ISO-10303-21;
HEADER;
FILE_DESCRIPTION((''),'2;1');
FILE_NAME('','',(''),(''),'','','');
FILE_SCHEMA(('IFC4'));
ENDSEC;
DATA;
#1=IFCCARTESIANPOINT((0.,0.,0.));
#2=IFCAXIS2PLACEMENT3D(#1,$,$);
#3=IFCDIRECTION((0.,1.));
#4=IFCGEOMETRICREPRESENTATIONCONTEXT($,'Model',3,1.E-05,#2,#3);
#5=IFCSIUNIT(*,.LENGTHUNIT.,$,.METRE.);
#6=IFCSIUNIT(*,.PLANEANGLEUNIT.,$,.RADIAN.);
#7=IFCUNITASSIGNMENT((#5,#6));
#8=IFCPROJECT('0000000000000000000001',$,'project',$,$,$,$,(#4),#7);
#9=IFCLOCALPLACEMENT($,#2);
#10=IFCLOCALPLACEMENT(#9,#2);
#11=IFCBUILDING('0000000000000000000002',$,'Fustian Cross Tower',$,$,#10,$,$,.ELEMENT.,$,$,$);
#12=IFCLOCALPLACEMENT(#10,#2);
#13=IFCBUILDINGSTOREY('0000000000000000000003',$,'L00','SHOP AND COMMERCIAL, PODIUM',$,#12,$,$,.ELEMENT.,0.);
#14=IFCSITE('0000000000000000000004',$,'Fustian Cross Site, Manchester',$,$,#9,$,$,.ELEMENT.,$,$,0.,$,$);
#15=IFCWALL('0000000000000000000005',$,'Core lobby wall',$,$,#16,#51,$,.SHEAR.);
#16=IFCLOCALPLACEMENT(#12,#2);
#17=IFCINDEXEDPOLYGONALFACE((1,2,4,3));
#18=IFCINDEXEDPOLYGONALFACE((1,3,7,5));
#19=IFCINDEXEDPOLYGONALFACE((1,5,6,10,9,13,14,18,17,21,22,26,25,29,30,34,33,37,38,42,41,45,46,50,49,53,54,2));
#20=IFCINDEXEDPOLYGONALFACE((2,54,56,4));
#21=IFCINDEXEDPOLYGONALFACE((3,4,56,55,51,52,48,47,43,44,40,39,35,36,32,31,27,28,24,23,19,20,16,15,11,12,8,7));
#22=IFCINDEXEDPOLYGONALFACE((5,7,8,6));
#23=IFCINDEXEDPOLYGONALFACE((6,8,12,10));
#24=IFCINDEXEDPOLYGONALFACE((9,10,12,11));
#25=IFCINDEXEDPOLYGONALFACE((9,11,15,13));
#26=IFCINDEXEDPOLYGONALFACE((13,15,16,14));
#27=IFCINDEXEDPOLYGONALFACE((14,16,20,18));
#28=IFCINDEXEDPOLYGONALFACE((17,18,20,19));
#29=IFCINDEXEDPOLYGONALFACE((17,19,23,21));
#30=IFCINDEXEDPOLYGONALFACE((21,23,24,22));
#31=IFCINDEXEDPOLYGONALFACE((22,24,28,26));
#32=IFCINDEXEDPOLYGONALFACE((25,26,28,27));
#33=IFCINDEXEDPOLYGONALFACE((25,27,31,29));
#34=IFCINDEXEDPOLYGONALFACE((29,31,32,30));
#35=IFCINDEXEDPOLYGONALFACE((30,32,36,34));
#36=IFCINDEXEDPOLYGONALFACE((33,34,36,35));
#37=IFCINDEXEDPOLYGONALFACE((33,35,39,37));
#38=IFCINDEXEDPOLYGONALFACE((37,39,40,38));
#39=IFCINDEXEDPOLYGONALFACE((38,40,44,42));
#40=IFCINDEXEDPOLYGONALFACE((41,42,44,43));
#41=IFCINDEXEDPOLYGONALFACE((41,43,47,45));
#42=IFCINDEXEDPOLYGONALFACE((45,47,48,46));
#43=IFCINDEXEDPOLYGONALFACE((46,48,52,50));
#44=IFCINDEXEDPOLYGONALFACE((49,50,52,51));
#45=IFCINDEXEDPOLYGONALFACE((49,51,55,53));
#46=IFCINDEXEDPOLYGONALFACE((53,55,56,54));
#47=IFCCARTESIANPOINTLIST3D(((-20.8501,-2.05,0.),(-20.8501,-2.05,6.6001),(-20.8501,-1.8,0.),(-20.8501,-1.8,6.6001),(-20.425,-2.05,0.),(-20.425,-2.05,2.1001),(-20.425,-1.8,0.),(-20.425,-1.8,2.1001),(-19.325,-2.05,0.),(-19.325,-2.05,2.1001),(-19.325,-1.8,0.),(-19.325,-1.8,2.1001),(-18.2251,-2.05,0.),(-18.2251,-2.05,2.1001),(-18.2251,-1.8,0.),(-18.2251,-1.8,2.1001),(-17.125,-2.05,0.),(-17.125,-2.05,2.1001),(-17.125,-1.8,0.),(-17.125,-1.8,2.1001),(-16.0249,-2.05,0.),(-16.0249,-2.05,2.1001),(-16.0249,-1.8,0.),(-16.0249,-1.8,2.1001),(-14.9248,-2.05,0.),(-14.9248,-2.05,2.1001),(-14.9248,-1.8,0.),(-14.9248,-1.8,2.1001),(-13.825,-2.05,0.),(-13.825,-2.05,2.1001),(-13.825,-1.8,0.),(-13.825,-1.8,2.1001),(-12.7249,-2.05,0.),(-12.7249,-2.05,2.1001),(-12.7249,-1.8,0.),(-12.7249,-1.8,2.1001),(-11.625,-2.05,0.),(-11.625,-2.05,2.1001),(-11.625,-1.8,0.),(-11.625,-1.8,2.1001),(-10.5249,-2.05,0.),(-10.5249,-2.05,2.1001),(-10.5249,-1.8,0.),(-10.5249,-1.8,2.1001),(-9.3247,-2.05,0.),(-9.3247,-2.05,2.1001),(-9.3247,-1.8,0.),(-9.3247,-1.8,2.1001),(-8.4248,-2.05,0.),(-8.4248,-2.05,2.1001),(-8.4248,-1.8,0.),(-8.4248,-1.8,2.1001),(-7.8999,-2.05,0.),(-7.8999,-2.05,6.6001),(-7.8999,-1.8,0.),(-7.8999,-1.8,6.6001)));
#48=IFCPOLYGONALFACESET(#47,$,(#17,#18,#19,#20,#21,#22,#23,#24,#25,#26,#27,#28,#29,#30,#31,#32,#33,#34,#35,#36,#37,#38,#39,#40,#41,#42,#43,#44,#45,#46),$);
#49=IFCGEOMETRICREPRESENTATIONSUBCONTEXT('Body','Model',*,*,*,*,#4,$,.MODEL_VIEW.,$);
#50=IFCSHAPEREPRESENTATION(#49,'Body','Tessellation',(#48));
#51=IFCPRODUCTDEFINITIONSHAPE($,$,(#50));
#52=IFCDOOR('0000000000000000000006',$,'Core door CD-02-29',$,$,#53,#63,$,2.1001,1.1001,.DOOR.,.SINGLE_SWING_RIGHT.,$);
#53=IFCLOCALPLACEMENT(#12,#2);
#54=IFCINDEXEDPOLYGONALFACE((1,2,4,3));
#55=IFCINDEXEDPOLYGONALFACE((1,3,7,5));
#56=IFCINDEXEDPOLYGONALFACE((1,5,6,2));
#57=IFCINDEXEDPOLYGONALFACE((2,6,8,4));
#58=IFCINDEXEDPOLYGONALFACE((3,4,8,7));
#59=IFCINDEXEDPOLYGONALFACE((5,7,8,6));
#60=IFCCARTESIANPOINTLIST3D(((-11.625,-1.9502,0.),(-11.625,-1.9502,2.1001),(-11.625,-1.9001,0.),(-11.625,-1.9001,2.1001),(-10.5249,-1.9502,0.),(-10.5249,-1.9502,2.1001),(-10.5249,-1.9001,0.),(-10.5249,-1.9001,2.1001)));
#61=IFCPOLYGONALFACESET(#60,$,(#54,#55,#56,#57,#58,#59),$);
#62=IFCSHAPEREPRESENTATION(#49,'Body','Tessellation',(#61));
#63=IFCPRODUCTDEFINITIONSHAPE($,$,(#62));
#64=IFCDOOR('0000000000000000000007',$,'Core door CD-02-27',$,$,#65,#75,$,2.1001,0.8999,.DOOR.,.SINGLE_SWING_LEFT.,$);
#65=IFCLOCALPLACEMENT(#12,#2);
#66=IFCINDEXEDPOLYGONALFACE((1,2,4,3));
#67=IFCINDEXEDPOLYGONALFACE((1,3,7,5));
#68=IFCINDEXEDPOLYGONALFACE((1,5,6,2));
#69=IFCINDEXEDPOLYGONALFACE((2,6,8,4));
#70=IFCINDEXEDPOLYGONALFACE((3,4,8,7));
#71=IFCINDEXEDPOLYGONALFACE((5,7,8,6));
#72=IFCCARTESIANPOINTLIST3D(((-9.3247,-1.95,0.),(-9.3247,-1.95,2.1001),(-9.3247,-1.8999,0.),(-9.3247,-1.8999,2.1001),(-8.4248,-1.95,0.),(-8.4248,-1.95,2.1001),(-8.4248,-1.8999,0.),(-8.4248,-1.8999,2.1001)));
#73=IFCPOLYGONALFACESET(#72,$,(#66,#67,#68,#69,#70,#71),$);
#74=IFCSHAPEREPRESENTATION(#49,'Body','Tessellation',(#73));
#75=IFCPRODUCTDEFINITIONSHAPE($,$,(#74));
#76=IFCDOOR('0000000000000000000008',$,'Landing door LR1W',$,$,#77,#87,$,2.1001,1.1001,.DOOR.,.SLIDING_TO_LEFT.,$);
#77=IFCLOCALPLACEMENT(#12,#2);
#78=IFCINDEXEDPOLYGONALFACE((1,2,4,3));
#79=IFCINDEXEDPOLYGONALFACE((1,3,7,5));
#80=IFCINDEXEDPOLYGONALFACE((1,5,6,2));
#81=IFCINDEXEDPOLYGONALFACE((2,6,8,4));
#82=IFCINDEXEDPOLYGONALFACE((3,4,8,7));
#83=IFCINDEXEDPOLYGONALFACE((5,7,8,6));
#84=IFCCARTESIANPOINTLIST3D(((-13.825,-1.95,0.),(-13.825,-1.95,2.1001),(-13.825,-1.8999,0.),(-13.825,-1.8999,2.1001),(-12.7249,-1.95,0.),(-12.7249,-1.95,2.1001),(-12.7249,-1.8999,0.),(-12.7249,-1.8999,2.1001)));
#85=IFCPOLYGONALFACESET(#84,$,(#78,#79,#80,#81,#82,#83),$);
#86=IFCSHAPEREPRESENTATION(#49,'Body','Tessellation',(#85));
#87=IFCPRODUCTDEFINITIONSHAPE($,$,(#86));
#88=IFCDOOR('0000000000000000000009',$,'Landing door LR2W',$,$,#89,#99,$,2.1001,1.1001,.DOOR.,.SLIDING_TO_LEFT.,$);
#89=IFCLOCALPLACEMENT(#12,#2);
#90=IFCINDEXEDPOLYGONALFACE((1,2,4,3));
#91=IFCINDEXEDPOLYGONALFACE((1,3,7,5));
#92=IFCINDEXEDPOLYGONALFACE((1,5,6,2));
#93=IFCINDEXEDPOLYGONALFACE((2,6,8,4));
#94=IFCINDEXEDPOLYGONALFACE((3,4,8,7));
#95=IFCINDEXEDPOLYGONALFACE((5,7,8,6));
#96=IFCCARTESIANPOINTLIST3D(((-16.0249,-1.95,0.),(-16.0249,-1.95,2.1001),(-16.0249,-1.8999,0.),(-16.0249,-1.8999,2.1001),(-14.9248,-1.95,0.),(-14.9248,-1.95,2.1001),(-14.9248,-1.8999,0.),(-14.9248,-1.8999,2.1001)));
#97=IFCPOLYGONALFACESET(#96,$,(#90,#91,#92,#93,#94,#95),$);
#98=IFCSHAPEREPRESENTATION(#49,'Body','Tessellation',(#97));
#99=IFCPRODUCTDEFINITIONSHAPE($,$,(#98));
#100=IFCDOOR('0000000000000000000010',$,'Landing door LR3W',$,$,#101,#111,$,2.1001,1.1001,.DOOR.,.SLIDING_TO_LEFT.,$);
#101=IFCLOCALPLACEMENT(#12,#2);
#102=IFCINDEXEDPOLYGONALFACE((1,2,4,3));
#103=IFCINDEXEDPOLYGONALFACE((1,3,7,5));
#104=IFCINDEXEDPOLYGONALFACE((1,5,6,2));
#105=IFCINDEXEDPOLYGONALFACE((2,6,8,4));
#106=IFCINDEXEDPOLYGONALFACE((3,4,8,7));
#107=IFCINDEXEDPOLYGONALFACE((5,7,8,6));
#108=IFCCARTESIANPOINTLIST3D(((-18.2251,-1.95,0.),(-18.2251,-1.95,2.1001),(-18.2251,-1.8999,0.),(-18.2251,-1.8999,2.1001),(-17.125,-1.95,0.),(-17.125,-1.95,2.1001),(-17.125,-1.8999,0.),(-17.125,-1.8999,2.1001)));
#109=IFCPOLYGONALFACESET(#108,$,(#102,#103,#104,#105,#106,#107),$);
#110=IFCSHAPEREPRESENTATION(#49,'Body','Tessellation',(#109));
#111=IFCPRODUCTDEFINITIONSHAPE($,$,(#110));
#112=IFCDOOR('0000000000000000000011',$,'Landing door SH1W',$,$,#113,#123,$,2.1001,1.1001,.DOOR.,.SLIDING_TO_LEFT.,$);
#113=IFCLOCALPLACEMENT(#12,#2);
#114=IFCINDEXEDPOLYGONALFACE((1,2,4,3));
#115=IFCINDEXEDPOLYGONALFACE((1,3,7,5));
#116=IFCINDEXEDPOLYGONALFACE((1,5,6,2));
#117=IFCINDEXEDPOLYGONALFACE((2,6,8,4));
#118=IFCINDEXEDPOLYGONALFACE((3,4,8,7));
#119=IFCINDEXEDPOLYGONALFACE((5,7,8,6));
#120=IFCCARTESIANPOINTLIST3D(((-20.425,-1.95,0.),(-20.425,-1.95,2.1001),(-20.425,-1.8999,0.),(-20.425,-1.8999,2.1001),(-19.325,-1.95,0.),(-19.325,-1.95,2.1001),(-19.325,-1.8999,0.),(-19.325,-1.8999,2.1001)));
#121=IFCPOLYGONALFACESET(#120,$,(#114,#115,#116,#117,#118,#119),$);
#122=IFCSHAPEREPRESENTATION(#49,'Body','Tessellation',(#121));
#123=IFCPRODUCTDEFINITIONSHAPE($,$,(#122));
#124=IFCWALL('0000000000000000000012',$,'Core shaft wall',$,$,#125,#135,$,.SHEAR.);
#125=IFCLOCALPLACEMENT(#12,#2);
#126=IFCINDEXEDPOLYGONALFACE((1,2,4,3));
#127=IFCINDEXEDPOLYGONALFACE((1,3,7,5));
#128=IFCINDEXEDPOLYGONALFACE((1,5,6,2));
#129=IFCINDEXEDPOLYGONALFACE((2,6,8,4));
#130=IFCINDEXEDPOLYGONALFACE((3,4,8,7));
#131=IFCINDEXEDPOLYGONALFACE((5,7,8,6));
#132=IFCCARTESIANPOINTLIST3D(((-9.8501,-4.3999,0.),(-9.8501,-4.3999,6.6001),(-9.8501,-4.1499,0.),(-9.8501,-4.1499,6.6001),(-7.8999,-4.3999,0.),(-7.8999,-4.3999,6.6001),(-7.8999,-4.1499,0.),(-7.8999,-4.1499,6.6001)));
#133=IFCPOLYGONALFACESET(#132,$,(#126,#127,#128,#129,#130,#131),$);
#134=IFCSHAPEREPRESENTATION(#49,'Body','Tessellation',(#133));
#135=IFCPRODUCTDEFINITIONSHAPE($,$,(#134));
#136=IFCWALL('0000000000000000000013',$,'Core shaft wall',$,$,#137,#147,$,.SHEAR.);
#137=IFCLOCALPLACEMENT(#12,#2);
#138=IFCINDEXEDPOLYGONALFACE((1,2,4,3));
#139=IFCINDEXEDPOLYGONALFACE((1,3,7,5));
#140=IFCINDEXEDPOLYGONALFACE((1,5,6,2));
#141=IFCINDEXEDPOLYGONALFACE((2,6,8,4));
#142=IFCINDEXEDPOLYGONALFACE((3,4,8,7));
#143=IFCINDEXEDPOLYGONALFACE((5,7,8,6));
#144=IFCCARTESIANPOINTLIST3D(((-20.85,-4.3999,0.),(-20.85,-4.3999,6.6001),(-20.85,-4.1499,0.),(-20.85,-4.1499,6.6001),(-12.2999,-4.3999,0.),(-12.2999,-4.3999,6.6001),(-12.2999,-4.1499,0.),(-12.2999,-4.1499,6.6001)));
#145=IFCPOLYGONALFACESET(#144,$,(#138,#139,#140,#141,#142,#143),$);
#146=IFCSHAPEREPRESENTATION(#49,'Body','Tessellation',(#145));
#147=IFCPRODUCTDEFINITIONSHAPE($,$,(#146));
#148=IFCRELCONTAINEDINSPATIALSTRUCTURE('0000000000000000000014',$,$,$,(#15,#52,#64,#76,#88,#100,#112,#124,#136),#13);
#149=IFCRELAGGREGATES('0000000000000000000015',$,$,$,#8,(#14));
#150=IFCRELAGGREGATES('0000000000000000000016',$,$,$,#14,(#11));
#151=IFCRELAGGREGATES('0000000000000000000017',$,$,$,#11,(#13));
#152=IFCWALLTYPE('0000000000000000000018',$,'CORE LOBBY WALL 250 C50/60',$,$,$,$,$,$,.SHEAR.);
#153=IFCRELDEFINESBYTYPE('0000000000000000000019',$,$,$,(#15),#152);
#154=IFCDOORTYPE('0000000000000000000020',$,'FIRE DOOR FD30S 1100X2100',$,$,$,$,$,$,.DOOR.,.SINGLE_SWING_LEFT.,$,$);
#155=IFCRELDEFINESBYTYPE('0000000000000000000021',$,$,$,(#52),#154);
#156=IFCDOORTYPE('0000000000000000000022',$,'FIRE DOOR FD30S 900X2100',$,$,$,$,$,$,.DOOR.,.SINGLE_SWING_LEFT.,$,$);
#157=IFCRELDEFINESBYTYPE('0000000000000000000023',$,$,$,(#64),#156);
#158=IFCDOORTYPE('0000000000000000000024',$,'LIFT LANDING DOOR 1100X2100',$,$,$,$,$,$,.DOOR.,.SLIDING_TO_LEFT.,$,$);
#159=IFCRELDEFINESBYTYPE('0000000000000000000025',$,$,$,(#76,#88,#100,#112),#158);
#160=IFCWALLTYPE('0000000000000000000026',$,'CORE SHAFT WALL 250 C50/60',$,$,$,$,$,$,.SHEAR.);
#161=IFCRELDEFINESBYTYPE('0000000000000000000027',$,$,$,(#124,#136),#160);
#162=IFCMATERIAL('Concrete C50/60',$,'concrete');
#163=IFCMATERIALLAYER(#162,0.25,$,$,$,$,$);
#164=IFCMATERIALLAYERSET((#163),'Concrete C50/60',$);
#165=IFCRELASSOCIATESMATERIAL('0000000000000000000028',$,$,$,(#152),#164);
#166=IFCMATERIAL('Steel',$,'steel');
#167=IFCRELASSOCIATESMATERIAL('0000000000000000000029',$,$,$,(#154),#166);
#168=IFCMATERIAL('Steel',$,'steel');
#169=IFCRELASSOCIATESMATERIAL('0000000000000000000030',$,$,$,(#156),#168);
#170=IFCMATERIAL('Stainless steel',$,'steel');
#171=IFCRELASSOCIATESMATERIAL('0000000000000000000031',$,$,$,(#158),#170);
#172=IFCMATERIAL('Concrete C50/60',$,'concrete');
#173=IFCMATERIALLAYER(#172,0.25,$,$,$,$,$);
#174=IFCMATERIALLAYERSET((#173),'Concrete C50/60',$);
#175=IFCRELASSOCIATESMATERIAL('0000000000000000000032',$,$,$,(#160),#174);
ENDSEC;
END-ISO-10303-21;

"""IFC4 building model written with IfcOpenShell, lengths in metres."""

from ifc_helpers import new_model, si_unit, direction, frame, frame_2d, origin, place, context, subcontext, project, spatial, rectangle, extrude, material, layer, layer_set, type_object, element, fill, save


model = new_model("IFC4")

# Units and contexts
model_context = context("Model", 3, precision=1e-05, world=origin(), true_north=direction((0.0, 1.0)))
body_context = subcontext(model_context, "Body", "Model", "MODEL_VIEW")
ifc_project = project(units=[si_unit("LENGTHUNIT", "METRE"), si_unit("PLANEANGLEUNIT", "RADIAN")], contexts=[model_context])

# Site, building, storey
site_placement = place(None, origin())
site = spatial("IfcSite", under=ifc_project, at=site_placement, Name="Fustian Cross Site, Manchester", CompositionType="ELEMENT", RefElevation=0.0)
building_placement = place(site_placement, origin())
building = spatial("IfcBuilding", under=site, at=building_placement, Name="Fustian Cross Tower", CompositionType="ELEMENT")
storey_placement = place(building_placement, origin())
storey = spatial("IfcBuildingStorey", under=building, at=storey_placement, Name="L00", Description="SHOP AND COMMERCIAL, PODIUM", CompositionType="ELEMENT", Elevation=0.0)

# Wall, openings, doors
ifc_material_1 = material(Name="Concrete C50/60", Category="concrete")
ifc_layer_1 = layer(ifc_material_1, 0.25)
ifc_layer_set_1 = layer_set([ifc_layer_1], Name="Concrete C50/60")
wall_type_1 = type_object("IfcWallType", Name="CORE LOBBY WALL 250 C50/60", PredefinedType="SHEAR", material=ifc_layer_set_1)
wall_1_placement = place(storey_placement, frame((-7.8999, -1.925, 0.0), z_axis=(0.0, 0.0, 1.0), x_axis=(-1.0, 0.0, 0.0)))
wall_1 = element("IfcWall", 1, at=wall_1_placement, inside=storey, type_object=wall_type_1, Name="Core lobby wall", PredefinedType="SHEAR", context=body_context, shape_type="SweptSolid", body=[
    extrude(rectangle(XDim=12.9502, YDim=0.25, at=frame_2d((6.4751, 0.0))), origin(), (0.0, 0.0, 1.0), 6.6001),
])
opening_1_placement = place(wall_1_placement, frame((4.825, 0.0, 0.0)))
opening_1 = element("IfcOpeningElement", 2, at=opening_1_placement, cuts=wall_1, PredefinedType="OPENING", context=body_context, shape_type="SweptSolid", body=[
    extrude(rectangle(XDim=1.1001, YDim=2.1001, at=frame_2d((0.55, 1.05))), frame((0.0, 0.135, 0.0), z_axis=(0.0, -1.0, 0.0), x_axis=(1.0, 0.0, 0.0)), (0.0, 0.0, 1.0), 0.27),
])
opening_2_placement = place(wall_1_placement, frame((7.0249, 0.0, 0.0)))
opening_2 = element("IfcOpeningElement", 3, at=opening_2_placement, cuts=wall_1, PredefinedType="OPENING", context=body_context, shape_type="SweptSolid", body=[
    extrude(rectangle(XDim=1.1001, YDim=2.1001, at=frame_2d((0.55, 1.05))), frame((0.0, 0.135, 0.0), z_axis=(0.0, -1.0, 0.0), x_axis=(1.0, 0.0, 0.0)), (0.0, 0.0, 1.0), 0.27),
])
opening_3_placement = place(wall_1_placement, frame((9.2251, 0.0, 0.0)))
opening_3 = element("IfcOpeningElement", 4, at=opening_3_placement, cuts=wall_1, PredefinedType="OPENING", context=body_context, shape_type="SweptSolid", body=[
    extrude(rectangle(XDim=1.1001, YDim=2.1001, at=frame_2d((0.55, 1.05))), frame((0.0, 0.135, 0.0), z_axis=(0.0, -1.0, 0.0), x_axis=(1.0, 0.0, 0.0)), (0.0, 0.0, 1.0), 0.27),
])
opening_4_placement = place(wall_1_placement, frame((11.425, 0.0, 0.0)))
opening_4 = element("IfcOpeningElement", 5, at=opening_4_placement, cuts=wall_1, PredefinedType="OPENING", context=body_context, shape_type="SweptSolid", body=[
    extrude(rectangle(XDim=1.1001, YDim=2.1001, at=frame_2d((0.55, 1.05))), frame((0.0, 0.135, 0.0), z_axis=(0.0, -1.0, 0.0), x_axis=(1.0, 0.0, 0.0)), (0.0, 0.0, 1.0), 0.27),
])
opening_5_placement = place(wall_1_placement, frame((0.5249, 0.0, 0.0)))
opening_5 = element("IfcOpeningElement", 6, at=opening_5_placement, cuts=wall_1, PredefinedType="OPENING", context=body_context, shape_type="SweptSolid", body=[
    extrude(rectangle(XDim=0.8999, YDim=2.1001, at=frame_2d((0.45, 1.05))), frame((0.0, 0.135, 0.0), z_axis=(0.0, -1.0, 0.0), x_axis=(1.0, 0.0, 0.0)), (0.0, 0.0, 1.0), 0.27),
])
opening_6_placement = place(wall_1_placement, frame((2.625, 0.0, 0.0)))
opening_6 = element("IfcOpeningElement", 7, at=opening_6_placement, cuts=wall_1, PredefinedType="OPENING", context=body_context, shape_type="SweptSolid", body=[
    extrude(rectangle(XDim=1.1001, YDim=2.1001, at=frame_2d((0.55, 1.05))), frame((0.0, 0.135, 0.0), z_axis=(0.0, -1.0, 0.0), x_axis=(1.0, 0.0, 0.0)), (0.0, 0.0, 1.0), 0.27),
])
ifc_material_2 = material(Name="Steel", Category="steel")
door_type_1 = type_object("IfcDoorType", Name="FIRE DOOR FD30S 1100X2100", OperationType="SINGLE_SWING_LEFT", PredefinedType="DOOR", material=ifc_material_2)
door_1_placement = place(opening_6_placement, frame((1.1001, 0.0, 0.0), z_axis=(0.0, 0.0, 1.0), x_axis=(-1.0, 0.0, 0.0)))
door_1 = element("IfcDoor", 8, at=door_1_placement, inside=storey, type_object=door_type_1, Name="Core door CD-02-29", OperationType="SINGLE_SWING_RIGHT", OverallHeight=2.1001, OverallWidth=1.1001, PredefinedType="DOOR", context=body_context, shape_type="SweptSolid", body=[
    extrude(rectangle(XDim=1.1001, YDim=2.1001, at=frame_2d((0.55, 1.05))), frame((0.0, 0.0249, 0.0), z_axis=(0.0, -1.0, 0.0), x_axis=(1.0, 0.0, 0.0)), (0.0, 0.0, 1.0), 0.05),
])
fill(opening_6, door_1)
ifc_material_3 = material(Name="Steel", Category="steel")
door_type_2 = type_object("IfcDoorType", Name="FIRE DOOR FD30S 900X2100", OperationType="SINGLE_SWING_LEFT", PredefinedType="DOOR", material=ifc_material_3)
door_2_placement = place(opening_5_placement, origin())
door_2 = element("IfcDoor", 9, at=door_2_placement, inside=storey, type_object=door_type_2, Name="Core door CD-02-27", OperationType="SINGLE_SWING_LEFT", OverallHeight=2.1001, OverallWidth=0.8999, PredefinedType="DOOR", context=body_context, shape_type="SweptSolid", body=[
    extrude(rectangle(XDim=0.8999, YDim=2.1001, at=frame_2d((0.45, 1.05))), frame((0.0, 0.0249, 0.0), z_axis=(0.0, -1.0, 0.0), x_axis=(1.0, 0.0, 0.0)), (0.0, 0.0, 1.0), 0.05),
])
fill(opening_5, door_2)
ifc_material_4 = material(Name="Stainless steel", Category="steel")
door_type_3 = type_object("IfcDoorType", Name="LIFT LANDING DOOR 1100X2100", OperationType="SLIDING_TO_LEFT", PredefinedType="DOOR", material=ifc_material_4)
door_3_placement = place(opening_1_placement, origin())
door_3 = element("IfcDoor", 10, at=door_3_placement, inside=storey, type_object=door_type_3, Name="Landing door LR1W", OperationType="SLIDING_TO_LEFT", OverallHeight=2.1001, OverallWidth=1.1001, PredefinedType="DOOR", context=body_context, shape_type="SweptSolid", body=[
    extrude(rectangle(XDim=1.1001, YDim=2.1001, at=frame_2d((0.55, 1.05))), frame((0.0, 0.0249, 0.0), z_axis=(0.0, -1.0, 0.0), x_axis=(1.0, 0.0, 0.0)), (0.0, 0.0, 1.0), 0.05),
])
fill(opening_1, door_3)
door_4_placement = place(opening_2_placement, origin())
door_4 = element("IfcDoor", 11, at=door_4_placement, inside=storey, type_object=door_type_3, Name="Landing door LR2W", OperationType="SLIDING_TO_LEFT", OverallHeight=2.1001, OverallWidth=1.1001, PredefinedType="DOOR", context=body_context, shape_type="SweptSolid", body=[
    extrude(rectangle(XDim=1.1001, YDim=2.1001, at=frame_2d((0.55, 1.05))), frame((0.0, 0.0249, 0.0), z_axis=(0.0, -1.0, 0.0), x_axis=(1.0, 0.0, 0.0)), (0.0, 0.0, 1.0), 0.05),
])
fill(opening_2, door_4)
door_5_placement = place(opening_3_placement, origin())
door_5 = element("IfcDoor", 12, at=door_5_placement, inside=storey, type_object=door_type_3, Name="Landing door LR3W", OperationType="SLIDING_TO_LEFT", OverallHeight=2.1001, OverallWidth=1.1001, PredefinedType="DOOR", context=body_context, shape_type="SweptSolid", body=[
    extrude(rectangle(XDim=1.1001, YDim=2.1001, at=frame_2d((0.55, 1.05))), frame((0.0, 0.0249, 0.0), z_axis=(0.0, -1.0, 0.0), x_axis=(1.0, 0.0, 0.0)), (0.0, 0.0, 1.0), 0.05),
])
fill(opening_3, door_5)
door_6_placement = place(opening_4_placement, origin())
door_6 = element("IfcDoor", 13, at=door_6_placement, inside=storey, type_object=door_type_3, Name="Landing door SH1W", OperationType="SLIDING_TO_LEFT", OverallHeight=2.1001, OverallWidth=1.1001, PredefinedType="DOOR", context=body_context, shape_type="SweptSolid", body=[
    extrude(rectangle(XDim=1.1001, YDim=2.1001, at=frame_2d((0.55, 1.05))), frame((0.0, 0.0249, 0.0), z_axis=(0.0, -1.0, 0.0), x_axis=(1.0, 0.0, 0.0)), (0.0, 0.0, 1.0), 0.05),
])
fill(opening_4, door_6)

# Walls
ifc_material_5 = material(Name="Concrete C50/60", Category="concrete")
ifc_layer_2 = layer(ifc_material_5, 0.25)
ifc_layer_set_2 = layer_set([ifc_layer_2], Name="Concrete C50/60")
wall_type_2 = type_object("IfcWallType", Name="CORE SHAFT WALL 250 C50/60", PredefinedType="SHEAR", material=ifc_layer_set_2)
wall_2_placement = place(storey_placement, frame((-7.8999, -4.2749, 0.0), z_axis=(0.0, 0.0, 1.0), x_axis=(-1.0, 0.0, 0.0)))
element("IfcWall", 14, at=wall_2_placement, inside=storey, type_object=wall_type_2, Name="Core shaft wall", PredefinedType="SHEAR", context=body_context, shape_type="SweptSolid", body=[
    extrude(rectangle(XDim=1.9502, YDim=0.25, at=frame_2d((0.9751, 0.0))), origin(), (0.0, 0.0, 1.0), 6.6001),
])
wall_3_placement = place(storey_placement, frame((-12.3, -4.2749, 0.0), z_axis=(0.0, 0.0, 1.0), x_axis=(-1.0, 0.0, 0.0)))
element("IfcWall", 15, at=wall_3_placement, inside=storey, type_object=wall_type_2, Name="Core shaft wall", PredefinedType="SHEAR", context=body_context, shape_type="SweptSolid", body=[
    extrude(rectangle(XDim=8.55, YDim=0.25, at=frame_2d((4.2749, 0.0))), origin(), (0.0, 0.0, 1.0), 6.6001),
])

save(model, "model.ifc")
